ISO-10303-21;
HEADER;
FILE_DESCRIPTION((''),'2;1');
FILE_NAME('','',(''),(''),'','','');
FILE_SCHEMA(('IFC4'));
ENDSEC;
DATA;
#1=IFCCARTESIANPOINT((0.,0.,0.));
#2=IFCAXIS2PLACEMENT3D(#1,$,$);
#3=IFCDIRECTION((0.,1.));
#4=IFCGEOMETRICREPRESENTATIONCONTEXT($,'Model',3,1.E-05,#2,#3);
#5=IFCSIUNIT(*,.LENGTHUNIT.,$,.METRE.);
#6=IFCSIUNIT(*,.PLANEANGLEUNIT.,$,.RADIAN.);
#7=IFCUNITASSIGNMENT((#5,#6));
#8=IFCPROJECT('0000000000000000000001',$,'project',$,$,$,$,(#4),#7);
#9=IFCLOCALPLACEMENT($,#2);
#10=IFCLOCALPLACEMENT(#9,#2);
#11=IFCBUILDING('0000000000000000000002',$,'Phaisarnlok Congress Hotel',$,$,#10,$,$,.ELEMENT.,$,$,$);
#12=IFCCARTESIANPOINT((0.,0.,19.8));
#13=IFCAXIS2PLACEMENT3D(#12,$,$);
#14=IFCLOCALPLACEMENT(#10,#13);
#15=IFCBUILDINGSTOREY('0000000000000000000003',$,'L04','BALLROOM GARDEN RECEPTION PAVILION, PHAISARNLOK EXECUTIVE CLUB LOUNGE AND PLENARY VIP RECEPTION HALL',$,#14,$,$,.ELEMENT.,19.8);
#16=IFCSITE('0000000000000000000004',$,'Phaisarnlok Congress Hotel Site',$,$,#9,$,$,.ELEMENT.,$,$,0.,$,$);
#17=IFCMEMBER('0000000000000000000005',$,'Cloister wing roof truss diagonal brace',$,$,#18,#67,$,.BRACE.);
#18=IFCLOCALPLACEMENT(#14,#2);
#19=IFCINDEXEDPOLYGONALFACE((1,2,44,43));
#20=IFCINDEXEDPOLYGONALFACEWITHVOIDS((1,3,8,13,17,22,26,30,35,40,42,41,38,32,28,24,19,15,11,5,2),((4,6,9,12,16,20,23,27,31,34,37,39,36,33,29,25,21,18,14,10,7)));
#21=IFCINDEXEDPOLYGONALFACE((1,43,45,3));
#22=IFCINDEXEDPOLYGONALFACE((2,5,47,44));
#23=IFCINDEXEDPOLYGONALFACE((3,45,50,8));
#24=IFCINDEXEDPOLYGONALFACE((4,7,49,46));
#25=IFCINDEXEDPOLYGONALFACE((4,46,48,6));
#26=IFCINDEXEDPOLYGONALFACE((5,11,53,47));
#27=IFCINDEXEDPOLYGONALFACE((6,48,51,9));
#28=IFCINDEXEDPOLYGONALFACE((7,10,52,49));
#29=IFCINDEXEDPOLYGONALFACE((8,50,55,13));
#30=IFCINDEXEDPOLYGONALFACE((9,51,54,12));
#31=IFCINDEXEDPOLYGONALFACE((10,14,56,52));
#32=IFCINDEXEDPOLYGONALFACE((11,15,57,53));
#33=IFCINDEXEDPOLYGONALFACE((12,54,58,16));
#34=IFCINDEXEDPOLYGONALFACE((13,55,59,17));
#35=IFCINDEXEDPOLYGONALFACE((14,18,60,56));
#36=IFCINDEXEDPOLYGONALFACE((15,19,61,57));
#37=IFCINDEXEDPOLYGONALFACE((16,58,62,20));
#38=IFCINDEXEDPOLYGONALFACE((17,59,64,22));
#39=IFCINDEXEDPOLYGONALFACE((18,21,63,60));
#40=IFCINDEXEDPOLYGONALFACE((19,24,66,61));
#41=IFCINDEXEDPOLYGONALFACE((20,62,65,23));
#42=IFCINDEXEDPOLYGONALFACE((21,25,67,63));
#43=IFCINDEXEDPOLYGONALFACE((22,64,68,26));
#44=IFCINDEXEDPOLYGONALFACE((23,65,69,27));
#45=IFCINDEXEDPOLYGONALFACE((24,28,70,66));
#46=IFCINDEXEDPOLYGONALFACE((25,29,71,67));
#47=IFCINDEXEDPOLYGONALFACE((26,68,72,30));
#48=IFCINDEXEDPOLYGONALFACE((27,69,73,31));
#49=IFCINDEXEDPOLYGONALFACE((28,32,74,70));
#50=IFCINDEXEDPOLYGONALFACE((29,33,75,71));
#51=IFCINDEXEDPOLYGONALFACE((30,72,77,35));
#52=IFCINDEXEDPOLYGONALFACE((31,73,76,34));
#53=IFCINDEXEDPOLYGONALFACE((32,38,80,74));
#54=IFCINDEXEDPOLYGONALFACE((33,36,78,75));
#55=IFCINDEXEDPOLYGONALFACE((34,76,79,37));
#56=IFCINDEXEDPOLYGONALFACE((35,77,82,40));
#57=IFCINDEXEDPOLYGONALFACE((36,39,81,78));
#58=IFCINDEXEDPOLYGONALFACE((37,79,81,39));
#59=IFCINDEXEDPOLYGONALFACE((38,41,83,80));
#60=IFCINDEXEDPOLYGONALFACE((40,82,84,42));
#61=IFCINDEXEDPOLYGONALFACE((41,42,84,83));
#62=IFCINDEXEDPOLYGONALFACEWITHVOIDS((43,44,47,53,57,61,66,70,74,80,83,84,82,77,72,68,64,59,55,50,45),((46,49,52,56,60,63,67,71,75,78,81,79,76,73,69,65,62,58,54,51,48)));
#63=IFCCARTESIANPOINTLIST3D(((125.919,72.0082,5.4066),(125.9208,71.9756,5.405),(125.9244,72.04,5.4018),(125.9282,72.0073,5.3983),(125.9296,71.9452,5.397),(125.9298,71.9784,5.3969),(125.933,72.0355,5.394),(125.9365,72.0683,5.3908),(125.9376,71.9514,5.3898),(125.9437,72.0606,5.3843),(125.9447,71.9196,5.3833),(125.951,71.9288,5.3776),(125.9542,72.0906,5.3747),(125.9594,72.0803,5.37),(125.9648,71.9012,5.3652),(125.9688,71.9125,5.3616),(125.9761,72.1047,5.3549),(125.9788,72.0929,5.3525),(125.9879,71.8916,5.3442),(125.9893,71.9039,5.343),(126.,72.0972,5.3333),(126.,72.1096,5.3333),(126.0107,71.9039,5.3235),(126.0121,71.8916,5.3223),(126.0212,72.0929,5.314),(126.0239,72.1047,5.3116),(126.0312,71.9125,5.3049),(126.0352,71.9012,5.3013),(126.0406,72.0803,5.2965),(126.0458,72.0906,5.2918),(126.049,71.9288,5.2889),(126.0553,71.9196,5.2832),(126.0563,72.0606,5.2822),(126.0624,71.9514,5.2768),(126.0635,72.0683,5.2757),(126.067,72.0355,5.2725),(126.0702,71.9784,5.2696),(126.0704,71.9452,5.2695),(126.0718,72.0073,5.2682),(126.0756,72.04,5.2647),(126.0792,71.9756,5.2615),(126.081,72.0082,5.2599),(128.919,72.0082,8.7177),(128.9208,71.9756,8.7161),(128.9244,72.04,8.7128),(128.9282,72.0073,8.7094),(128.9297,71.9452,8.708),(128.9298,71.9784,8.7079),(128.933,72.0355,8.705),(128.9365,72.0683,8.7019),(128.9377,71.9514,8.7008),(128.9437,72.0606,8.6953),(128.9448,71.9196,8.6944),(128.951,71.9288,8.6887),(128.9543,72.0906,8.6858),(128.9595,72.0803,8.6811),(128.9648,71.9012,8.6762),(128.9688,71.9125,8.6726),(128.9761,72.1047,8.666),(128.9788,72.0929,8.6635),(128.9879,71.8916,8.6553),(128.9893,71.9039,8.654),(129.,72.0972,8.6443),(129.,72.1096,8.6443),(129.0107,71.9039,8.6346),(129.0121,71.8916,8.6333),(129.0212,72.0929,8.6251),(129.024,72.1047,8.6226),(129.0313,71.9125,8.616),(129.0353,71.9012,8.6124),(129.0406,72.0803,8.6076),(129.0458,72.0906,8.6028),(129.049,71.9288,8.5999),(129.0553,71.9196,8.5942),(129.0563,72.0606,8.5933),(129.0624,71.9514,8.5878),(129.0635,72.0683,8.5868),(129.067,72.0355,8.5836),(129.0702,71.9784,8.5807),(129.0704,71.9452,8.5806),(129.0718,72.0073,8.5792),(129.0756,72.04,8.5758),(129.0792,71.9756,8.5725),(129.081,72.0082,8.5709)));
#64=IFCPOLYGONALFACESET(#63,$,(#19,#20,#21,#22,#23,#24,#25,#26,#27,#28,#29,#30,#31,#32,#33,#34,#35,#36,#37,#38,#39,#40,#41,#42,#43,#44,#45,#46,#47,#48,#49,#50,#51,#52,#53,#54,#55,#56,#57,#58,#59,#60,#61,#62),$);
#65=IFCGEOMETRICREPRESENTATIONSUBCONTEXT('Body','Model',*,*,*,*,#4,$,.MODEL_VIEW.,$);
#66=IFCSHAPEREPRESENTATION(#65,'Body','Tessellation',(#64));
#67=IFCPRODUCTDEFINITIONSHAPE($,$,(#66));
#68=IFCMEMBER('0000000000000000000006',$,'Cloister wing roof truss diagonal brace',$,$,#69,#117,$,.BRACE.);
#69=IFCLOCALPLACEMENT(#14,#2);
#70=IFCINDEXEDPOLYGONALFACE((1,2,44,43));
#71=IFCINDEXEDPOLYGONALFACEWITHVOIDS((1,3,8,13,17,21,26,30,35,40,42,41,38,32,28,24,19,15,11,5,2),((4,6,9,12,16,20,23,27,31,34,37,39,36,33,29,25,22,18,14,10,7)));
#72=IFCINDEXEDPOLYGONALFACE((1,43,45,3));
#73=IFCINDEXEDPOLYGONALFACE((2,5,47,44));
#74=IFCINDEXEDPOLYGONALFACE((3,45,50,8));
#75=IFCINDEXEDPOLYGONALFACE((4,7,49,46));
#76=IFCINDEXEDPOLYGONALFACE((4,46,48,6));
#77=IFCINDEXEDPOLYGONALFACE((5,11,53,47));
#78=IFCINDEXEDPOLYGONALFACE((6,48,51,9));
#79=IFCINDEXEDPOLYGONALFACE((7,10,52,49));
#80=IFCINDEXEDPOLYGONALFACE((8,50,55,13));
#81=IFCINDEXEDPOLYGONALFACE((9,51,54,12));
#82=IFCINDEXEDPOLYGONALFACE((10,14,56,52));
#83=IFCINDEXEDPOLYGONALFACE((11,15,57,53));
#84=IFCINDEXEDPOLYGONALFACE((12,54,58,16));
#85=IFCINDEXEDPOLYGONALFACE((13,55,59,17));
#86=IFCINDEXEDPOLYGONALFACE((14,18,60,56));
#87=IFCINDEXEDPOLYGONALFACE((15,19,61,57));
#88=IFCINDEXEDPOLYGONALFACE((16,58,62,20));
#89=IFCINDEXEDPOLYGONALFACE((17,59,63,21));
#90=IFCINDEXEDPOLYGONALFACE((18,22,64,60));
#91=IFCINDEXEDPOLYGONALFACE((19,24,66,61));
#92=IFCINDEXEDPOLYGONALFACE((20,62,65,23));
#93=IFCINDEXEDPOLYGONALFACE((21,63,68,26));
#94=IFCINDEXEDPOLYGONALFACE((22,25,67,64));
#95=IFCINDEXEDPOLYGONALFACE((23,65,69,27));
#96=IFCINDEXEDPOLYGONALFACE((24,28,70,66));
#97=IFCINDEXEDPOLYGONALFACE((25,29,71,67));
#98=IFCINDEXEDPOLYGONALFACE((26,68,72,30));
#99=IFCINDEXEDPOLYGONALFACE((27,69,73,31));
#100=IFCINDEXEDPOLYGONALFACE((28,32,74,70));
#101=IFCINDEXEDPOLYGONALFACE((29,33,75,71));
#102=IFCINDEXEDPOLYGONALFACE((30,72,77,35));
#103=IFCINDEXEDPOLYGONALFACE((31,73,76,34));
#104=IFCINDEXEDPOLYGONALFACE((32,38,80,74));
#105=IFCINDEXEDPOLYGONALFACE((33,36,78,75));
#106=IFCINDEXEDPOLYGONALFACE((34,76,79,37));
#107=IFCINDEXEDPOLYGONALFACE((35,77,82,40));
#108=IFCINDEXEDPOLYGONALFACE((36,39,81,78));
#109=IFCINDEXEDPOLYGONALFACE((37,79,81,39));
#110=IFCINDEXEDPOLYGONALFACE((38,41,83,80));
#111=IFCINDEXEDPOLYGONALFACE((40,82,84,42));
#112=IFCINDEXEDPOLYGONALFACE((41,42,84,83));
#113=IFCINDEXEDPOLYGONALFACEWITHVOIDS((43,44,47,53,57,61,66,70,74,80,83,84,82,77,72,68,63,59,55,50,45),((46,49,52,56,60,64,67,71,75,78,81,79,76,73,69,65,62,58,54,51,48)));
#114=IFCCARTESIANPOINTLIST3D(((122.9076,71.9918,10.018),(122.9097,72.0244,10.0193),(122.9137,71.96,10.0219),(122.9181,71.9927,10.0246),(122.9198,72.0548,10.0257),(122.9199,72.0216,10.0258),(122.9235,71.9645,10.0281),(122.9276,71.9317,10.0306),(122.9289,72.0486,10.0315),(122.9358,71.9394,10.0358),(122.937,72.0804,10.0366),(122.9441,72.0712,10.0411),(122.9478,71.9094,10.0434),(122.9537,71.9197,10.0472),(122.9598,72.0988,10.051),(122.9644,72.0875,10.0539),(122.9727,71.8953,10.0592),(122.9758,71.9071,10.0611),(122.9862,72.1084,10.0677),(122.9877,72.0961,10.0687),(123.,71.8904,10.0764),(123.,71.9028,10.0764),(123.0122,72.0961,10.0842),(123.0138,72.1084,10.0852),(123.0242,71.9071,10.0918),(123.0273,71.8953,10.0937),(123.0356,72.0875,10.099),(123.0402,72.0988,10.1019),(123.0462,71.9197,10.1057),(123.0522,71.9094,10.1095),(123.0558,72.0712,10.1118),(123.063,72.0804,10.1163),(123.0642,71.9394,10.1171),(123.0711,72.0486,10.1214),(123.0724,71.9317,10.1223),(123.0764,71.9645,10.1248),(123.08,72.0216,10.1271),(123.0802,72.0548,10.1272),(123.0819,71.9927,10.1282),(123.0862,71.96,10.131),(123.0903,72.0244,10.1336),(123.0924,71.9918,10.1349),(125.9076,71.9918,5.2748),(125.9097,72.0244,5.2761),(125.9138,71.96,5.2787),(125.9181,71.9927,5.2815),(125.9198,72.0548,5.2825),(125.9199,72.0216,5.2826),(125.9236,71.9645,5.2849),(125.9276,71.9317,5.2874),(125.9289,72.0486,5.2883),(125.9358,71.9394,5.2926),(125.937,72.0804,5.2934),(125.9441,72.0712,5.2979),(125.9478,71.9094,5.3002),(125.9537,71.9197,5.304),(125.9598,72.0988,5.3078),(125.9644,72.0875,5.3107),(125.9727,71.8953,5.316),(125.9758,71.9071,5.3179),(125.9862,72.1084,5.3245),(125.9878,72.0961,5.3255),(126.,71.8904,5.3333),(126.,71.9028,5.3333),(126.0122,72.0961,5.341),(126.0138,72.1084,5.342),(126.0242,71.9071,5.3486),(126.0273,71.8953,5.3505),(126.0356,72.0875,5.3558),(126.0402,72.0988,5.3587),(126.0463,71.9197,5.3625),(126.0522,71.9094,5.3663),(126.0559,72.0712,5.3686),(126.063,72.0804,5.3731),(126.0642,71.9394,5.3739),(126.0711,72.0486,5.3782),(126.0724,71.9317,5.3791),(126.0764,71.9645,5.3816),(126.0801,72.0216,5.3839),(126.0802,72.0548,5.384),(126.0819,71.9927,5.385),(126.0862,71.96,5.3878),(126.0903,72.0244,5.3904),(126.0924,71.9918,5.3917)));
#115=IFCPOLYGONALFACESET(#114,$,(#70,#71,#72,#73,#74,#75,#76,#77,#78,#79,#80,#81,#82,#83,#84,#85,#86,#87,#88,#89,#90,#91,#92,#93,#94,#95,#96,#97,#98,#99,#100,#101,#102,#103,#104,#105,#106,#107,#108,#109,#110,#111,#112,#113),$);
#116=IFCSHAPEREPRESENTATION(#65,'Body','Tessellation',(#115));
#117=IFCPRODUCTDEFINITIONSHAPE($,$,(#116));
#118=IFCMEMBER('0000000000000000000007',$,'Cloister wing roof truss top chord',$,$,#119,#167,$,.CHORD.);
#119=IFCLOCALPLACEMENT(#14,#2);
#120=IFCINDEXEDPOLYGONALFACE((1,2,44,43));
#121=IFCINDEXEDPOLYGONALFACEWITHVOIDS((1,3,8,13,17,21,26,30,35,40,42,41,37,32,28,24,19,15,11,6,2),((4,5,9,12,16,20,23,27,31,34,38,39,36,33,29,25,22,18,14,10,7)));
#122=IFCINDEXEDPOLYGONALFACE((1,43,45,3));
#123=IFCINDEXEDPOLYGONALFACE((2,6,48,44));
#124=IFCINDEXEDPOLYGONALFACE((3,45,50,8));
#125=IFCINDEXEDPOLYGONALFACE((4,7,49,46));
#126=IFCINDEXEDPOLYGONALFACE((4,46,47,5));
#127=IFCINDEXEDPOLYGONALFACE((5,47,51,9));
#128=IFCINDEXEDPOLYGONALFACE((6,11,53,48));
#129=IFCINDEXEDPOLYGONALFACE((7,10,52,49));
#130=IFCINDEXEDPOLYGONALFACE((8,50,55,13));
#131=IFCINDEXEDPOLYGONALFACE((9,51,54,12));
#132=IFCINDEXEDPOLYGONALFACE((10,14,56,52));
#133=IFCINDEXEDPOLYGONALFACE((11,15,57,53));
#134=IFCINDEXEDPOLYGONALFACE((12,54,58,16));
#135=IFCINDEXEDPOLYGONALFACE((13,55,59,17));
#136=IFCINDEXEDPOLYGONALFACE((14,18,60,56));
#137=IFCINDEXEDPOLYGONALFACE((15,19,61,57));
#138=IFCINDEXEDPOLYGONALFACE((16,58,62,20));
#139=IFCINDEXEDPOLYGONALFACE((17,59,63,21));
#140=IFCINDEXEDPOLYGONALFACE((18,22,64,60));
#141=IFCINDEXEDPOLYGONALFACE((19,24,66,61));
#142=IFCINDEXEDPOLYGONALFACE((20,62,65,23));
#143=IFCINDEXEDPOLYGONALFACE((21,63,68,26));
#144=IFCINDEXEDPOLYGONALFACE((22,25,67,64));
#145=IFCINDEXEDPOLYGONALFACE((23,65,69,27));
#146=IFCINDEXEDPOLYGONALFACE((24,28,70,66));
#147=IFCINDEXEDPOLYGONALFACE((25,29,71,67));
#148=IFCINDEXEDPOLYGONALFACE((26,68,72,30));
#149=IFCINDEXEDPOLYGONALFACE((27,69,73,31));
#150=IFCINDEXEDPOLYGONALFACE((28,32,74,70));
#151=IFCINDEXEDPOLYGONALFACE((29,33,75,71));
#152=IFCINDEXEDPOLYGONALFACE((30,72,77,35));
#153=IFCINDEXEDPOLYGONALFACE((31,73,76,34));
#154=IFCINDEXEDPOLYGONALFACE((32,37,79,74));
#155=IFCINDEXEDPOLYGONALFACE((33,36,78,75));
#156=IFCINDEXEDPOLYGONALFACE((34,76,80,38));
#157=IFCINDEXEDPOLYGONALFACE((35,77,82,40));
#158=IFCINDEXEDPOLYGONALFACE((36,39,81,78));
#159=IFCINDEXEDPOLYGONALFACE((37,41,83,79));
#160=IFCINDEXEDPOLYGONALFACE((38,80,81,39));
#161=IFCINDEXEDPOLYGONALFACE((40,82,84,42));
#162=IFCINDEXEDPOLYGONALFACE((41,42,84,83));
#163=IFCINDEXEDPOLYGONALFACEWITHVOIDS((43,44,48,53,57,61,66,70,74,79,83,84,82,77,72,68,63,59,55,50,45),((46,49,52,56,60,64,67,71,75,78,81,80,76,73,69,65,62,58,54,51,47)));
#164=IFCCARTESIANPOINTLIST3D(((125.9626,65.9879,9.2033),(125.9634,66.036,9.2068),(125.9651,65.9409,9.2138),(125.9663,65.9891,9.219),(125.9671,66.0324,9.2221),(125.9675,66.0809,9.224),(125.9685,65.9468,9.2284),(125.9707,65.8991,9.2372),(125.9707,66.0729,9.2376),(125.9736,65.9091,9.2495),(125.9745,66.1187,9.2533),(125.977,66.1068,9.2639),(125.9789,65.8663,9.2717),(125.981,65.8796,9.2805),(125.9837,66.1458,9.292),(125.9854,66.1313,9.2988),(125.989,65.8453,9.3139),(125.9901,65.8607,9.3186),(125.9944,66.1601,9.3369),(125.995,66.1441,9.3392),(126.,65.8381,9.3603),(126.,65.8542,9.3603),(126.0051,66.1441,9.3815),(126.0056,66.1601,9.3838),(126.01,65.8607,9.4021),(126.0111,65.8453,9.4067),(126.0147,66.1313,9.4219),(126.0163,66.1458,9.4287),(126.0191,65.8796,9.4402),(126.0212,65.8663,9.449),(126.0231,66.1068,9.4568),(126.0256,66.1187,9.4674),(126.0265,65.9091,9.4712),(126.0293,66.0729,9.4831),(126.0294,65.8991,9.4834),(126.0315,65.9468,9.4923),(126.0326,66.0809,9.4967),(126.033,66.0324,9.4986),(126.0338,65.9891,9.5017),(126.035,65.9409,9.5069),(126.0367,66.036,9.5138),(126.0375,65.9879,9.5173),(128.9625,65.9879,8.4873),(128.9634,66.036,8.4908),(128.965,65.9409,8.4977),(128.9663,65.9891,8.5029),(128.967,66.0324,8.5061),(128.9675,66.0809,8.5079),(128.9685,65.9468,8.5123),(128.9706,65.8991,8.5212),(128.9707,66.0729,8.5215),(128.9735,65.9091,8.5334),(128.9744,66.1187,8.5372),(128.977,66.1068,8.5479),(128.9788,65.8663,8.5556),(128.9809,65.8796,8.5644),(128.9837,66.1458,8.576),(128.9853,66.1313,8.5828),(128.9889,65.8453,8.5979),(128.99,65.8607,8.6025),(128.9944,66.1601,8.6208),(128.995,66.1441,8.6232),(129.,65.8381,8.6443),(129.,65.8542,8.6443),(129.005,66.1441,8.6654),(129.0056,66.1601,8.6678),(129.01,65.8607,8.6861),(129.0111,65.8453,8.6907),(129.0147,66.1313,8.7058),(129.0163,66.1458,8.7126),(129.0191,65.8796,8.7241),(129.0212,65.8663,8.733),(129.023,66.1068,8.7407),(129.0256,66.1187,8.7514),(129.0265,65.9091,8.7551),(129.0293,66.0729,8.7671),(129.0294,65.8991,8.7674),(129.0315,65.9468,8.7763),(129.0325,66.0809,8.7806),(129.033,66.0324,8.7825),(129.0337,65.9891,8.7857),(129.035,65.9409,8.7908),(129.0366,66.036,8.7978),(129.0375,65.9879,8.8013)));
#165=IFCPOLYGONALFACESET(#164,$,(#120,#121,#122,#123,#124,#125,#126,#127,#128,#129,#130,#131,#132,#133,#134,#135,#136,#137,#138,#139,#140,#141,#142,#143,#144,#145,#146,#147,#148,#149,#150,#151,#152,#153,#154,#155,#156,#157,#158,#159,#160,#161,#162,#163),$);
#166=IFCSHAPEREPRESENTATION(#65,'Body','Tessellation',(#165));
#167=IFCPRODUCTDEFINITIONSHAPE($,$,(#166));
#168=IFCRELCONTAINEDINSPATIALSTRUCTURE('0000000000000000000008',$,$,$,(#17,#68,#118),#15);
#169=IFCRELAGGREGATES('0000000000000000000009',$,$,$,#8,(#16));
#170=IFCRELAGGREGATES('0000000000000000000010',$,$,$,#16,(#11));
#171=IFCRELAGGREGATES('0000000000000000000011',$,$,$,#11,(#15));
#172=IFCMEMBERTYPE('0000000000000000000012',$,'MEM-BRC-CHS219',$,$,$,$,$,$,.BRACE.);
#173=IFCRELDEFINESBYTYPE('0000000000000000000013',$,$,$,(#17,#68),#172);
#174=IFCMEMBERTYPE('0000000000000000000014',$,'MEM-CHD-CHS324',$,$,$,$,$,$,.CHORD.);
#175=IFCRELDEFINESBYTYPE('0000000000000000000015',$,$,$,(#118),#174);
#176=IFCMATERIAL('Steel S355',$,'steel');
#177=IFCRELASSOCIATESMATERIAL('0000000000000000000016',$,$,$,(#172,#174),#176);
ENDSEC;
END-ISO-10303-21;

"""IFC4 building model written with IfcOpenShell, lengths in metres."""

from ifc_helpers import new_model, si_unit, direction, frame, origin, origin_2d, place, context, subcontext, project, spatial, hollow_circle, extrude, material, material_profile, profile_set, type_object, element, save


model = new_model("IFC4")

# Units and contexts
model_context = context("Model", 3, precision=1e-05, world=origin(), true_north=direction((0.0, 1.0)))
body_context = subcontext(model_context, "Body", "Model", "MODEL_VIEW")
ifc_project = project(units=[si_unit("LENGTHUNIT", "METRE"), si_unit("PLANEANGLEUNIT", "RADIAN")], contexts=[model_context])

# Site, building, storey
site_placement = place(None, origin())
site = spatial("IfcSite", under=ifc_project, at=site_placement, Name="Phaisarnlok Congress Hotel Site", CompositionType="ELEMENT", RefElevation=0.0)
building_placement = place(site_placement, origin())
building = spatial("IfcBuilding", under=site, at=building_placement, Name="Phaisarnlok Congress Hotel", CompositionType="ELEMENT")
storey_placement = place(building_placement, frame((0.0, 0.0, 19.8)))
storey = spatial("IfcBuildingStorey", under=building, at=storey_placement, Name="L04", Description="BALLROOM GARDEN RECEPTION PAVILION, PHAISARNLOK EXECUTIVE CLUB LOUNGE AND PLENARY VIP RECEPTION HALL", CompositionType="ELEMENT", Elevation=19.8)

# Shared definitions
ifc_material_1 = material(Name="Steel S355", Category="steel")

# Members
ifc_material_profile_1 = material_profile(ifc_material_1, hollow_circle(Radius=0.1096, WallThickness=0.0125, at=origin_2d()), Name="CHS 219.1x12.5")
ifc_profile_set_1 = profile_set([ifc_material_profile_1], Name="Steel S355")
member_type_1 = type_object("IfcMemberType", Name="MEM-BRC-CHS219", PredefinedType="BRACE", material=ifc_profile_set_1)
member_1_placement = place(storey_placement, frame((126.0, 72.0, 5.3333), z_axis=(0.671443, 0.0, 0.741057), x_axis=(0.0, 1.0, 0.0)))
element("IfcMember", 1, at=member_1_placement, inside=storey, type_object=member_type_1, Name="Cloister wing roof truss diagonal brace", PredefinedType="BRACE", context=body_context, shape_type="SweptSolid", body=[
    extrude(hollow_circle(Radius=0.1096, WallThickness=0.0125, at=origin_2d()), origin(), (0.0, 0.0, 1.0), 4.468),
])
member_2_placement = place(storey_placement, frame((126.0, 72.0, 5.3333), z_axis=(-0.534543, 0.0, 0.845141), x_axis=(0.0, -1.0, 0.0)))
element("IfcMember", 2, at=member_2_placement, inside=storey, type_object=member_type_1, Name="Cloister wing roof truss diagonal brace", PredefinedType="BRACE", context=body_context, shape_type="SweptSolid", body=[
    extrude(hollow_circle(Radius=0.1096, WallThickness=0.0125, at=origin_2d()), origin(), (0.0, 0.0, 1.0), 5.6123),
])
ifc_material_profile_2 = material_profile(ifc_material_1, hollow_circle(Radius=0.1619, WallThickness=0.0161, at=origin_2d()), Name="CHS 323.9x16")
ifc_profile_set_2 = profile_set([ifc_material_profile_2], Name="Steel S355")
member_type_2 = type_object("IfcMemberType", Name="MEM-CHD-CHS324", PredefinedType="CHORD", material=ifc_profile_set_2)
for number, where, z_axis, x_axis, name in (
    (3, (129.0, 66.0, 8.6443), (-0.972676, 0.0, 0.232166), (0.0, -1.0, 0.0), "Cloister wing roof truss top chord"),
):
    element("IfcMember", number, at=place(storey_placement, frame(where, z_axis=z_axis, x_axis=x_axis)), inside=storey, type_object=member_type_2, Name=name, PredefinedType="CHORD", context=body_context, shape_type="SweptSolid", body=[
        extrude(hollow_circle(Radius=0.1619, WallThickness=0.0161, at=origin_2d()), origin(), (0.0, 0.0, 1.0), 3.0842),
    ])

save(model, "model.ifc")
